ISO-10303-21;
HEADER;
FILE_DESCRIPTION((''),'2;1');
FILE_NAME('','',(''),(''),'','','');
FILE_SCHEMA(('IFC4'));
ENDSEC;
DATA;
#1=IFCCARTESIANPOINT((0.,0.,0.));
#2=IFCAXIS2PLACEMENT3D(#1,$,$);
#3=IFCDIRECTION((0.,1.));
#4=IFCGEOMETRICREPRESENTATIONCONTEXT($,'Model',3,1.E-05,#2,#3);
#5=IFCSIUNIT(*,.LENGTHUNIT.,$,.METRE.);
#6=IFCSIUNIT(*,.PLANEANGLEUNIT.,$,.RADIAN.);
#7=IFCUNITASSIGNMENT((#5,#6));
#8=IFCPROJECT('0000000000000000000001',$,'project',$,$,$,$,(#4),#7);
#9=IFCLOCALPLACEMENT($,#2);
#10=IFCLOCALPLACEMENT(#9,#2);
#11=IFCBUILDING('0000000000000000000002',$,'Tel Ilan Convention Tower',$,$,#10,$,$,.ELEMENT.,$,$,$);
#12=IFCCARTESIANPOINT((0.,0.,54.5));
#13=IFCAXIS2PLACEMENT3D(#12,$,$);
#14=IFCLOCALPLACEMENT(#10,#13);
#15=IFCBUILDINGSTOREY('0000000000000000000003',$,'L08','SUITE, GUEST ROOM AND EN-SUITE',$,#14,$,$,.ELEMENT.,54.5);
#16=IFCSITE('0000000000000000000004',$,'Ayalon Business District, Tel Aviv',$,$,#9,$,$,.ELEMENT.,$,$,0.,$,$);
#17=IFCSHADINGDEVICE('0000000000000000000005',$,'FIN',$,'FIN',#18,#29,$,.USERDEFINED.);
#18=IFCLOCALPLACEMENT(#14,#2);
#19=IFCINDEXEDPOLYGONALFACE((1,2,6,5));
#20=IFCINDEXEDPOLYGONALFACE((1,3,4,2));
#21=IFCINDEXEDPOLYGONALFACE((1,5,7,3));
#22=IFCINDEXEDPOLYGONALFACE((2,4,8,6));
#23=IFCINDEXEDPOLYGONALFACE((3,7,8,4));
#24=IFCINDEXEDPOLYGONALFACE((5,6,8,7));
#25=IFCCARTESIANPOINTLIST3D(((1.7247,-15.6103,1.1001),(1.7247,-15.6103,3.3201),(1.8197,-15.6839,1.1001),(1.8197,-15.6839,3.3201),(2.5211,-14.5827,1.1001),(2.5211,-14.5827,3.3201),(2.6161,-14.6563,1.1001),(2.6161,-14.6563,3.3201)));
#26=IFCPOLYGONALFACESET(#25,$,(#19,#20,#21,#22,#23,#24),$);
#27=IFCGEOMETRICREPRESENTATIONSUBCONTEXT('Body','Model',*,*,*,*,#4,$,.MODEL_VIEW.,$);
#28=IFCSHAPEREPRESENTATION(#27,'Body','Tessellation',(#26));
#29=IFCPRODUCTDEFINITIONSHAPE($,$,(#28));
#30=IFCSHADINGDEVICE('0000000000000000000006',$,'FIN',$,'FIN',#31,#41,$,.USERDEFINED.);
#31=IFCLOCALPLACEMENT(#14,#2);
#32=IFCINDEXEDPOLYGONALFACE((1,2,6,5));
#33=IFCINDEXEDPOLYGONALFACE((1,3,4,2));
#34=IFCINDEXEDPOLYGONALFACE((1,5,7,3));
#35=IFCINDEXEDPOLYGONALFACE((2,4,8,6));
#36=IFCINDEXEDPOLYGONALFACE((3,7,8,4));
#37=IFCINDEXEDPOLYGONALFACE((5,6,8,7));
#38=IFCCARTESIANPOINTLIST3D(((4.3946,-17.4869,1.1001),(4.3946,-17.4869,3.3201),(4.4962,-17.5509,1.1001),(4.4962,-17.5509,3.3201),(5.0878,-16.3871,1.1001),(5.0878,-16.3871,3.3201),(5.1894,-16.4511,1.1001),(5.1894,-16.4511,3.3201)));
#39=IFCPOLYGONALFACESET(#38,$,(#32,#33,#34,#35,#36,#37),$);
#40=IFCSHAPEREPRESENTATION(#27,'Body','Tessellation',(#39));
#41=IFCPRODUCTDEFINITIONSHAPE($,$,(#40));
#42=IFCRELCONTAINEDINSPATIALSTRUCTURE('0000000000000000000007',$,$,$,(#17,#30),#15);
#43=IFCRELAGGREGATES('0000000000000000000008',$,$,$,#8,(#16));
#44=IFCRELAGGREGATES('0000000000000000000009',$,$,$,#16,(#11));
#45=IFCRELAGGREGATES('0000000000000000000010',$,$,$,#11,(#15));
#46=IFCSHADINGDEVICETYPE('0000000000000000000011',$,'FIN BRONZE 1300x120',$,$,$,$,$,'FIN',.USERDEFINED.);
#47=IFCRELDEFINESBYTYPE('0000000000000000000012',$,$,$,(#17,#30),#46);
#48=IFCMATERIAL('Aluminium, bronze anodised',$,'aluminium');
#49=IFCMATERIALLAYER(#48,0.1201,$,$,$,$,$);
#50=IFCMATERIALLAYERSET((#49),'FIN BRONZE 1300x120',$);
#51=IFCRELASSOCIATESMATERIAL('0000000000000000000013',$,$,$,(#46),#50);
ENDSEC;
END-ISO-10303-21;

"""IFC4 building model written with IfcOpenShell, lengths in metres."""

from ifc_helpers import new_model, si_unit, direction, frame, origin, origin_2d, place, context, subcontext, project, spatial, rectangle, extrude, material, layer, layer_set, type_object, element, save


model = new_model("IFC4")

# Units and contexts
model_context = context("Model", 3, precision=1e-05, world=origin(), true_north=direction((0.0, 1.0)))
body_context = subcontext(model_context, "Body", "Model", "MODEL_VIEW")
ifc_project = project(units=[si_unit("LENGTHUNIT", "METRE"), si_unit("PLANEANGLEUNIT", "RADIAN")], contexts=[model_context])

# Site, building, storey
site_placement = place(None, origin())
site = spatial("IfcSite", under=ifc_project, at=site_placement, Name="Ayalon Business District, Tel Aviv", CompositionType="ELEMENT", RefElevation=0.0)
building_placement = place(site_placement, origin())
building = spatial("IfcBuilding", under=site, at=building_placement, Name="Tel Ilan Convention Tower", CompositionType="ELEMENT")
storey_placement = place(building_placement, frame((0.0, 0.0, 54.5)))
storey = spatial("IfcBuildingStorey", under=building, at=storey_placement, Name="L08", Description="SUITE, GUEST ROOM AND EN-SUITE", CompositionType="ELEMENT", Elevation=54.5)

# Shading devices
ifc_material_1 = material(Name="Aluminium, bronze anodised", Category="aluminium")
ifc_layer_1 = layer(ifc_material_1, 0.1201)
ifc_layer_set_1 = layer_set([ifc_layer_1], Name="FIN BRONZE 1300x120")
shading_device_type = type_object("IfcShadingDeviceType", Name="FIN BRONZE 1300x120", ElementType="FIN", PredefinedType="USERDEFINED", material=ifc_layer_set_1)
for number, where, z_axis, x_axis, name in (
    (1, (2.1704, -15.1333, 1.1001), (0.0, 0.0, 1.0), (-0.612601, -0.790393, 0.0), "FIN"),
    (2, (4.792, -16.969, 1.1001), (0.0, 0.0, 1.0), (-0.533204, -0.845986, 0.0), "FIN"),
):
    element("IfcShadingDevice", number, at=place(storey_placement, frame(where, z_axis=z_axis, x_axis=x_axis)), inside=storey, type_object=shading_device_type, Name=name, ObjectType="FIN", PredefinedType="USERDEFINED", context=body_context, shape_type="SweptSolid", body=[
        extrude(rectangle(XDim=1.3, YDim=0.1201, at=origin_2d()), origin(), (0.0, 0.0, 1.0), 2.22),
    ])

save(model, "model.ifc")
